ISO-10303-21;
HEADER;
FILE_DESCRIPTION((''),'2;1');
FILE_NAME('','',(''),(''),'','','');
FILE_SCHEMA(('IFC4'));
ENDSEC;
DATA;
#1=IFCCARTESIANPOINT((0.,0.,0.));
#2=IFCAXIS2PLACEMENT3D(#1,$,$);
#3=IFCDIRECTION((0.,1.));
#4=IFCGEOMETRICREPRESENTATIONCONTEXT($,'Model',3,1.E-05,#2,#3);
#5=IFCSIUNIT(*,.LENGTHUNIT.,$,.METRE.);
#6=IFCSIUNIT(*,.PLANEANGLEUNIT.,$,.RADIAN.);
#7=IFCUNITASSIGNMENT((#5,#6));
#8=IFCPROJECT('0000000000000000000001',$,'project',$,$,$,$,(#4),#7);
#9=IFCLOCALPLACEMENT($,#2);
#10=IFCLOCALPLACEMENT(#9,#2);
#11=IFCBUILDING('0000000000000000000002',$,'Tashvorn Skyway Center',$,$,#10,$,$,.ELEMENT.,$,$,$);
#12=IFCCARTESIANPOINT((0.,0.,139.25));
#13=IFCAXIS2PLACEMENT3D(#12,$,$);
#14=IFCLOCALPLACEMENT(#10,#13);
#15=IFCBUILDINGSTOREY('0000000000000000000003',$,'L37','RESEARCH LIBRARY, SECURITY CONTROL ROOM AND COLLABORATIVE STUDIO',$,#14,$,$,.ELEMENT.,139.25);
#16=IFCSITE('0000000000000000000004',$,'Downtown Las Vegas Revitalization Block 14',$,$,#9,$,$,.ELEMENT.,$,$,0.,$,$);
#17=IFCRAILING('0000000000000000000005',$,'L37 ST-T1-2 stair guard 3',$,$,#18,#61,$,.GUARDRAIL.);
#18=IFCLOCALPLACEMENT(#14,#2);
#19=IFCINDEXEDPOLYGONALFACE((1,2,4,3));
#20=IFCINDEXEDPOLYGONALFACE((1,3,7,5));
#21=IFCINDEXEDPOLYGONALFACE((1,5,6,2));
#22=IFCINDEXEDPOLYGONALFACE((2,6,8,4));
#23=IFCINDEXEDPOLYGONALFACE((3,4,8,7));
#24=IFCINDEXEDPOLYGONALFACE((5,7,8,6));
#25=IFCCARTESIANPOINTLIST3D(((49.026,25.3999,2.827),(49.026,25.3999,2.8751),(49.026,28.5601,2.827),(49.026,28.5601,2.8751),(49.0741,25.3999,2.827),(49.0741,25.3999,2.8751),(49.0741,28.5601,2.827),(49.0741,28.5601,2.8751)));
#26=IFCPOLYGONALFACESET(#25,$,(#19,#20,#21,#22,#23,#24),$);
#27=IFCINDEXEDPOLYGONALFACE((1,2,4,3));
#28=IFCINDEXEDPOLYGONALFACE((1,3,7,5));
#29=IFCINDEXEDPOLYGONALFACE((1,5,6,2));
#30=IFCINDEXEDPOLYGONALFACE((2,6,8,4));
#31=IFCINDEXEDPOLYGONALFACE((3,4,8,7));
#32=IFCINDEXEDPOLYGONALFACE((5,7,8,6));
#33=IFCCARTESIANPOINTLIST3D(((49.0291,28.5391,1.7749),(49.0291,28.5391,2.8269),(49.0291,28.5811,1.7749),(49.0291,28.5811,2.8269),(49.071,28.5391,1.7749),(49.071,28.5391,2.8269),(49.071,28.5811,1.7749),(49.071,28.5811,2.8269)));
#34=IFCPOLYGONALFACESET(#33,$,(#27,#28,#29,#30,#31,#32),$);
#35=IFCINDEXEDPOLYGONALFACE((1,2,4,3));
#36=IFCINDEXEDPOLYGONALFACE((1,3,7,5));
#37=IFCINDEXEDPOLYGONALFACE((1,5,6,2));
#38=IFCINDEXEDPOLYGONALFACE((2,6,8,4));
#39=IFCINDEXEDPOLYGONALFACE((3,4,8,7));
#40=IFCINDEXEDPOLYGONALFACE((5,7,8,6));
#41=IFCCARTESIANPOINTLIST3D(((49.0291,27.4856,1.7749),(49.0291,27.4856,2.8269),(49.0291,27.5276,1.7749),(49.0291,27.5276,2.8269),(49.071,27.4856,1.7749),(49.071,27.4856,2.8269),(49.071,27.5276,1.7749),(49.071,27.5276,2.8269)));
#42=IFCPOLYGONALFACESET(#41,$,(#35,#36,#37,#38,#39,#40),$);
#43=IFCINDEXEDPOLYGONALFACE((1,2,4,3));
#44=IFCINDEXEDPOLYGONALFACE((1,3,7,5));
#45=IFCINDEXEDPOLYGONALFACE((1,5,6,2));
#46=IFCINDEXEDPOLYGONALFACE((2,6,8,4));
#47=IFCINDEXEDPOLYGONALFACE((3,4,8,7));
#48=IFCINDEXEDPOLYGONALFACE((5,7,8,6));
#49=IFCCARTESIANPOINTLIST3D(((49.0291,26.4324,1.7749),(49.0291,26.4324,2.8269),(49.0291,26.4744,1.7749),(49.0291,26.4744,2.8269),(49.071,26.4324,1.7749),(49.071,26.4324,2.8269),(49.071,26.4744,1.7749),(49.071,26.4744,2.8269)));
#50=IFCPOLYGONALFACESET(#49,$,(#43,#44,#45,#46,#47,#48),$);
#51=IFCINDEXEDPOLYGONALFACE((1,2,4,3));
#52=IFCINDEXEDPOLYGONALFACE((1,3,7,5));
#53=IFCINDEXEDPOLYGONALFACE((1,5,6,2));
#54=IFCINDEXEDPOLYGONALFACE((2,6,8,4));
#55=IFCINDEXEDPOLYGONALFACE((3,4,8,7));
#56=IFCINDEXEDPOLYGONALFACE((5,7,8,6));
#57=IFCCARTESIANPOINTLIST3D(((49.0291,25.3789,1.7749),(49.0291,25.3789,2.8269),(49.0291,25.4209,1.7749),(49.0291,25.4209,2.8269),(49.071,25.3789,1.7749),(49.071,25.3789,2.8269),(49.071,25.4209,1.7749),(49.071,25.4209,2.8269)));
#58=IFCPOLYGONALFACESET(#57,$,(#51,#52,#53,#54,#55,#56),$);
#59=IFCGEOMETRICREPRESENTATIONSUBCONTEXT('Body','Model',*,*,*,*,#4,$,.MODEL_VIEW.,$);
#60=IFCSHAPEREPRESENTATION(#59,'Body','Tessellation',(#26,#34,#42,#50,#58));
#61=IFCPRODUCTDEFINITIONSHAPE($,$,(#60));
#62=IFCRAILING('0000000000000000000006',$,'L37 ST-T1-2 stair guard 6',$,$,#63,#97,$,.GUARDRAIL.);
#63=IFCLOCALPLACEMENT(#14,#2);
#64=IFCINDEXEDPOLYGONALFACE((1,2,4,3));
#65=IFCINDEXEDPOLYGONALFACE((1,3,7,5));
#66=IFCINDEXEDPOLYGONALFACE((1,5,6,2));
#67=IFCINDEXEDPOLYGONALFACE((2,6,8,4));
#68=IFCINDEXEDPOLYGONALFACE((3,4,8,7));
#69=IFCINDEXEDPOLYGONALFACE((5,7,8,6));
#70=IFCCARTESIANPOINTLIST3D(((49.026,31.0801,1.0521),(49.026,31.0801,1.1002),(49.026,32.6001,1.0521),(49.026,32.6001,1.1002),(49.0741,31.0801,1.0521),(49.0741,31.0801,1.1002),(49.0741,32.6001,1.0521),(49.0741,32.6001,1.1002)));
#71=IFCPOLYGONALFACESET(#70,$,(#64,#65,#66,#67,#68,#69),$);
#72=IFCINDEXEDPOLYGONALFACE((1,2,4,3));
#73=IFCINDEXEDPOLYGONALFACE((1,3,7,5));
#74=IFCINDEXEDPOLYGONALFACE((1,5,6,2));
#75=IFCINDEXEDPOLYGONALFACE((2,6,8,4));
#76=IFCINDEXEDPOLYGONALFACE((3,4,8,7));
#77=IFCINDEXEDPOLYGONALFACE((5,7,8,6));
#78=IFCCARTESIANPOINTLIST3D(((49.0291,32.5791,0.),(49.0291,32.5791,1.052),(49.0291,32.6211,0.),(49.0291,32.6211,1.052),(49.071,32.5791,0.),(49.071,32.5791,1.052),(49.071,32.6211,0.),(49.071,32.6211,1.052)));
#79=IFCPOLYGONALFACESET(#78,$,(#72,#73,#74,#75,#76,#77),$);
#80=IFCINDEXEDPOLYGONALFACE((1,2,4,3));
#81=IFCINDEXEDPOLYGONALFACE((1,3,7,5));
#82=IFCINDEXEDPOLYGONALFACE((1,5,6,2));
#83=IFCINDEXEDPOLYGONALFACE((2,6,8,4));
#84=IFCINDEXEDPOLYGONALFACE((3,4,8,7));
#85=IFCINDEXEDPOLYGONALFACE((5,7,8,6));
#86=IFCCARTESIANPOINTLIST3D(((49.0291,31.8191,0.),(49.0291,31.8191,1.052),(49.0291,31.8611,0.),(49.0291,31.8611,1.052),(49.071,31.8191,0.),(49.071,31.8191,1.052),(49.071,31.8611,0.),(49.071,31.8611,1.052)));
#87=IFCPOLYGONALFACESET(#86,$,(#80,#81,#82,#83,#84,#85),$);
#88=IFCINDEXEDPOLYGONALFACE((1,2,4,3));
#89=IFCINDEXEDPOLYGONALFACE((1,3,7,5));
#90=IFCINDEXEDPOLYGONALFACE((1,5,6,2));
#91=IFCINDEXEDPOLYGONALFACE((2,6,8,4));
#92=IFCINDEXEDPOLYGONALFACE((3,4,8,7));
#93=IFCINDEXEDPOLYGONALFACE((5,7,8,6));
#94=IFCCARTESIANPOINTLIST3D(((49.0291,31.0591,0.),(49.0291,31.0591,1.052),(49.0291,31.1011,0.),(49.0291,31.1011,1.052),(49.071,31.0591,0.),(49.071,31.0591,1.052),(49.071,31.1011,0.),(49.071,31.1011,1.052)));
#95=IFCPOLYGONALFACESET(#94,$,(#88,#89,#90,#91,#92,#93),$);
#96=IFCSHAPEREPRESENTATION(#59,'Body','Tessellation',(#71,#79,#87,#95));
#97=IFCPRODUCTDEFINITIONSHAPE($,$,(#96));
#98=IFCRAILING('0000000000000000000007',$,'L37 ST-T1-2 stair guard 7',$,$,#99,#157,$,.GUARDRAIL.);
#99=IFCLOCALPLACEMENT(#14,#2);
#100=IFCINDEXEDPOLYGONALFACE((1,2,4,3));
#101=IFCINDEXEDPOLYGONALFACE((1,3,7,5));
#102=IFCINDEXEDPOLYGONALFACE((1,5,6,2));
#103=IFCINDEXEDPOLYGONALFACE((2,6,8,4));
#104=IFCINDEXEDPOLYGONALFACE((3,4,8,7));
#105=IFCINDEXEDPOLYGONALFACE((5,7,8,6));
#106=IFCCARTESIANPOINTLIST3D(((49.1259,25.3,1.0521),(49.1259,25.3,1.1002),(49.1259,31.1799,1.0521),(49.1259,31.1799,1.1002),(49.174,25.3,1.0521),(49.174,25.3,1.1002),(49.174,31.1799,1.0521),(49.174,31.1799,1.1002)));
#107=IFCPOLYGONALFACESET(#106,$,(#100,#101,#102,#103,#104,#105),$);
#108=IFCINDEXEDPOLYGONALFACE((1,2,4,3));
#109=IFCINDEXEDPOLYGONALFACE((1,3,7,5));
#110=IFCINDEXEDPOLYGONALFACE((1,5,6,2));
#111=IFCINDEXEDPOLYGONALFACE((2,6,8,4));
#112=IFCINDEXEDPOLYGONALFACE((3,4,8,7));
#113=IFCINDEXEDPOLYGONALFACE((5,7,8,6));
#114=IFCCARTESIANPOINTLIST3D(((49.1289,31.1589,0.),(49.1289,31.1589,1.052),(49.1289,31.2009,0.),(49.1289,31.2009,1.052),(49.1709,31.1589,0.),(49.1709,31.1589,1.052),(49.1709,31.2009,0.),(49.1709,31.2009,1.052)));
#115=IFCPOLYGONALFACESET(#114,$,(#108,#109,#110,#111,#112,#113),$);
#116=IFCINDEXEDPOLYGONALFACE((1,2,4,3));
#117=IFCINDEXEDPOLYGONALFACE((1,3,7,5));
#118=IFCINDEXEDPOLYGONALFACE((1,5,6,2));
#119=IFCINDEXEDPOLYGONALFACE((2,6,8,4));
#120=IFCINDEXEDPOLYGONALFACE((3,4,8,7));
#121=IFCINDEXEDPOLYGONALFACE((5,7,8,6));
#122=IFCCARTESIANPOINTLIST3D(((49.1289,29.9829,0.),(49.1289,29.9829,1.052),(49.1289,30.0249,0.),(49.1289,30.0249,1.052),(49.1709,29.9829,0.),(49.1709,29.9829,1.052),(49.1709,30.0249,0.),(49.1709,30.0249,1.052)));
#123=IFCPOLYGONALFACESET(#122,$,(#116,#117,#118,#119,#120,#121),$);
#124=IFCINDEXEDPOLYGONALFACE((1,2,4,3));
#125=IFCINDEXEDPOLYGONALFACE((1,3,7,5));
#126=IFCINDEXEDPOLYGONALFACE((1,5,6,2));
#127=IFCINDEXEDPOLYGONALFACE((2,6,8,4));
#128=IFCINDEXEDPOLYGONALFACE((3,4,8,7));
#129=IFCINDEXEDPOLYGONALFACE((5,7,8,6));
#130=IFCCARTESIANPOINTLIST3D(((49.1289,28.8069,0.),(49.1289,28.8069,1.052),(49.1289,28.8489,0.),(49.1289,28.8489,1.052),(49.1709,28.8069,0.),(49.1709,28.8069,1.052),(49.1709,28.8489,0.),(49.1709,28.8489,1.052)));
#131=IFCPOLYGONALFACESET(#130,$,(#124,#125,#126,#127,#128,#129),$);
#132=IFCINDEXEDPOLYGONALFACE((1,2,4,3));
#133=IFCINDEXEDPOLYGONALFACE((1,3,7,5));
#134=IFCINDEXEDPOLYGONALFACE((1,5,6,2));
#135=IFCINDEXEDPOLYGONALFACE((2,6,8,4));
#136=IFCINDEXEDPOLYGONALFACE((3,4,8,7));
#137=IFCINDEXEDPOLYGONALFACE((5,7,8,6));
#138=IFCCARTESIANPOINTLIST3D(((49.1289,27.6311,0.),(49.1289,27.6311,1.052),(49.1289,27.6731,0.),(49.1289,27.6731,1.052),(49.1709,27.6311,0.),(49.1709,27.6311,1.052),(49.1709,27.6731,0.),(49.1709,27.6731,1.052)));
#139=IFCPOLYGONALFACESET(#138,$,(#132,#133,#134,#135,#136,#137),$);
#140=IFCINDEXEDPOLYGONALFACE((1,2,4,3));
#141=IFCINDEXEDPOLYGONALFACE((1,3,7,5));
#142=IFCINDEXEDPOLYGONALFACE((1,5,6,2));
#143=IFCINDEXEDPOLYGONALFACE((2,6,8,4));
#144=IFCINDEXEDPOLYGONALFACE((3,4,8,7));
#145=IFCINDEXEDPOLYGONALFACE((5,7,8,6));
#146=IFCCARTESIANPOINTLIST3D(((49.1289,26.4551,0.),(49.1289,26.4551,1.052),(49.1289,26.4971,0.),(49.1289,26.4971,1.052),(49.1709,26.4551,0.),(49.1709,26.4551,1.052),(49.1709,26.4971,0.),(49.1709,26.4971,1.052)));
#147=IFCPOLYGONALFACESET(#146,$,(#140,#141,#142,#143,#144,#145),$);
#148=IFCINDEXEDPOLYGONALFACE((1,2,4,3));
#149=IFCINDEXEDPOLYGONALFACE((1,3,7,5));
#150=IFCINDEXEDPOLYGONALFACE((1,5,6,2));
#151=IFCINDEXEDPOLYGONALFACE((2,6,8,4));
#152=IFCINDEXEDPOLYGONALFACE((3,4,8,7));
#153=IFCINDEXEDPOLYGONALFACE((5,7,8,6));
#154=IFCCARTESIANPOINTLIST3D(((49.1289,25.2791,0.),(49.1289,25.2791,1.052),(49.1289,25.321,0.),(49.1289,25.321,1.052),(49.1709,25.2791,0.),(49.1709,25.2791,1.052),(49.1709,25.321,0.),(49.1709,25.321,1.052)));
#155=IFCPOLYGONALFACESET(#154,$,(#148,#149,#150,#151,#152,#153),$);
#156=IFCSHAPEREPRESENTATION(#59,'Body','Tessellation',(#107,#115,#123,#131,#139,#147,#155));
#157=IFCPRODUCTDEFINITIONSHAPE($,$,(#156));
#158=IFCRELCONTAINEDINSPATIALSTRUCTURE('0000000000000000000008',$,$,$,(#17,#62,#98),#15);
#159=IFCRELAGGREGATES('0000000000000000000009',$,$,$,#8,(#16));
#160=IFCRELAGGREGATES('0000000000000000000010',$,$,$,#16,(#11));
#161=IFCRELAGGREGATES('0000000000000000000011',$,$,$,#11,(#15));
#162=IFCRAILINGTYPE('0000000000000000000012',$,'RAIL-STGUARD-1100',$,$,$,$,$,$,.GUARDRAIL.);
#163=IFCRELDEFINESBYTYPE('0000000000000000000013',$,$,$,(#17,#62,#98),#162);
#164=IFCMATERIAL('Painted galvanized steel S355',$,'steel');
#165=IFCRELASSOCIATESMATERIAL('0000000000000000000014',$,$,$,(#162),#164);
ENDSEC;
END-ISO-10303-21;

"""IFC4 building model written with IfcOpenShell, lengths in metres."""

from ifc_helpers import new_model, si_unit, direction, frame, origin, origin_2d, place, context, subcontext, project, spatial, rectangle, extrude, material, type_object, element, save


model = new_model("IFC4")

# Units and contexts
model_context = context("Model", 3, precision=1e-05, world=origin(), true_north=direction((0.0, 1.0)))
body_context = subcontext(model_context, "Body", "Model", "MODEL_VIEW")
ifc_project = project(units=[si_unit("LENGTHUNIT", "METRE"), si_unit("PLANEANGLEUNIT", "RADIAN")], contexts=[model_context])

# Site, building, storey
site_placement = place(None, origin())
site = spatial("IfcSite", under=ifc_project, at=site_placement, Name="Downtown Las Vegas Revitalization Block 14", CompositionType="ELEMENT", RefElevation=0.0)
building_placement = place(site_placement, origin())
building = spatial("IfcBuilding", under=site, at=building_placement, Name="Tashvorn Skyway Center", CompositionType="ELEMENT")
storey_placement = place(building_placement, frame((0.0, 0.0, 139.25)))
storey = spatial("IfcBuildingStorey", under=building, at=storey_placement, Name="L37", Description="RESEARCH LIBRARY, SECURITY CONTROL ROOM AND COLLABORATIVE STUDIO", CompositionType="ELEMENT", Elevation=139.25)

# Railings
ifc_material_1 = material(Name="Painted galvanized steel S355", Category="steel")
railing_type_1 = type_object("IfcRailingType", Name="RAIL-STGUARD-1100", PredefinedType="GUARDRAIL", material=ifc_material_1)
railing_1_placement = place(storey_placement, frame((49.05, 28.5601, 1.7749)))
element("IfcRailing", 1, at=railing_1_placement, inside=storey, type_object=railing_type_1, Name="L37 ST-T1-2 stair guard 3", PredefinedType="GUARDRAIL", context=body_context, shape_type="SweptSolid", body=[
    extrude(rectangle(XDim=0.0481, YDim=0.0481, at=origin_2d()), frame((0.0, 0.0, 1.0762), z_axis=(0.0, -1.0, 0.0), x_axis=(1.0, 0.0, 0.0)), (0.0, 0.0, 1.0), 3.1602),
    extrude(rectangle(XDim=0.042, YDim=0.042, at=origin_2d()), origin(), (0.0, 0.0, 1.0), 1.052),
    extrude(rectangle(XDim=0.042, YDim=0.042, at=origin_2d()), frame((0.0, -1.0535, 0.0)), (0.0, 0.0, 1.0), 1.052),
    extrude(rectangle(XDim=0.042, YDim=0.042, at=origin_2d()), frame((0.0, -2.1067, 0.0)), (0.0, 0.0, 1.0), 1.052),
    extrude(rectangle(XDim=0.042, YDim=0.042, at=origin_2d()), frame((0.0, -3.1602, 0.0)), (0.0, 0.0, 1.0), 1.052),
])
railing_2_placement = place(storey_placement, frame((49.05, 32.6001, 0.0)))
element("IfcRailing", 2, at=railing_2_placement, inside=storey, type_object=railing_type_1, Name="L37 ST-T1-2 stair guard 6", PredefinedType="GUARDRAIL", context=body_context, shape_type="SweptSolid", body=[
    extrude(rectangle(XDim=0.0481, YDim=0.0481, at=origin_2d()), frame((0.0, 0.0, 1.0762), z_axis=(0.0, -1.0, 0.0), x_axis=(1.0, 0.0, 0.0)), (0.0, 0.0, 1.0), 1.52),
    extrude(rectangle(XDim=0.042, YDim=0.042, at=origin_2d()), origin(), (0.0, 0.0, 1.0), 1.052),
    extrude(rectangle(XDim=0.042, YDim=0.042, at=origin_2d()), frame((0.0, -0.76, 0.0)), (0.0, 0.0, 1.0), 1.052),
    extrude(rectangle(XDim=0.042, YDim=0.042, at=origin_2d()), frame((0.0, -1.52, 0.0)), (0.0, 0.0, 1.0), 1.052),
])
railing_3_placement = place(storey_placement, frame((49.1499, 31.1799, 0.0)))
element("IfcRailing", 3, at=railing_3_placement, inside=storey, type_object=railing_type_1, Name="L37 ST-T1-2 stair guard 7", PredefinedType="GUARDRAIL", context=body_context, shape_type="SweptSolid", body=[
    extrude(rectangle(XDim=0.0481, YDim=0.0481, at=origin_2d()), frame((0.0, 0.0, 1.0762), z_axis=(0.0, -1.0, 0.0), x_axis=(1.0, 0.0, 0.0)), (0.0, 0.0, 1.0), 5.8799),
    extrude(rectangle(XDim=0.042, YDim=0.042, at=origin_2d()), origin(), (0.0, 0.0, 1.0), 1.052),
    extrude(rectangle(XDim=0.042, YDim=0.042, at=origin_2d()), frame((0.0, -1.176, 0.0)), (0.0, 0.0, 1.0), 1.052),
    extrude(rectangle(XDim=0.042, YDim=0.042, at=origin_2d()), frame((0.0, -2.3521, 0.0)), (0.0, 0.0, 1.0), 1.052),
    extrude(rectangle(XDim=0.042, YDim=0.042, at=origin_2d()), frame((0.0, -3.5278, 0.0)), (0.0, 0.0, 1.0), 1.052),
    extrude(rectangle(XDim=0.042, YDim=0.042, at=origin_2d()), frame((0.0, -4.7039, 0.0)), (0.0, 0.0, 1.0), 1.052),
    extrude(rectangle(XDim=0.042, YDim=0.042, at=origin_2d()), frame((0.0, -5.8799, 0.0)), (0.0, 0.0, 1.0), 1.052),
])

save(model, "model.ifc")
